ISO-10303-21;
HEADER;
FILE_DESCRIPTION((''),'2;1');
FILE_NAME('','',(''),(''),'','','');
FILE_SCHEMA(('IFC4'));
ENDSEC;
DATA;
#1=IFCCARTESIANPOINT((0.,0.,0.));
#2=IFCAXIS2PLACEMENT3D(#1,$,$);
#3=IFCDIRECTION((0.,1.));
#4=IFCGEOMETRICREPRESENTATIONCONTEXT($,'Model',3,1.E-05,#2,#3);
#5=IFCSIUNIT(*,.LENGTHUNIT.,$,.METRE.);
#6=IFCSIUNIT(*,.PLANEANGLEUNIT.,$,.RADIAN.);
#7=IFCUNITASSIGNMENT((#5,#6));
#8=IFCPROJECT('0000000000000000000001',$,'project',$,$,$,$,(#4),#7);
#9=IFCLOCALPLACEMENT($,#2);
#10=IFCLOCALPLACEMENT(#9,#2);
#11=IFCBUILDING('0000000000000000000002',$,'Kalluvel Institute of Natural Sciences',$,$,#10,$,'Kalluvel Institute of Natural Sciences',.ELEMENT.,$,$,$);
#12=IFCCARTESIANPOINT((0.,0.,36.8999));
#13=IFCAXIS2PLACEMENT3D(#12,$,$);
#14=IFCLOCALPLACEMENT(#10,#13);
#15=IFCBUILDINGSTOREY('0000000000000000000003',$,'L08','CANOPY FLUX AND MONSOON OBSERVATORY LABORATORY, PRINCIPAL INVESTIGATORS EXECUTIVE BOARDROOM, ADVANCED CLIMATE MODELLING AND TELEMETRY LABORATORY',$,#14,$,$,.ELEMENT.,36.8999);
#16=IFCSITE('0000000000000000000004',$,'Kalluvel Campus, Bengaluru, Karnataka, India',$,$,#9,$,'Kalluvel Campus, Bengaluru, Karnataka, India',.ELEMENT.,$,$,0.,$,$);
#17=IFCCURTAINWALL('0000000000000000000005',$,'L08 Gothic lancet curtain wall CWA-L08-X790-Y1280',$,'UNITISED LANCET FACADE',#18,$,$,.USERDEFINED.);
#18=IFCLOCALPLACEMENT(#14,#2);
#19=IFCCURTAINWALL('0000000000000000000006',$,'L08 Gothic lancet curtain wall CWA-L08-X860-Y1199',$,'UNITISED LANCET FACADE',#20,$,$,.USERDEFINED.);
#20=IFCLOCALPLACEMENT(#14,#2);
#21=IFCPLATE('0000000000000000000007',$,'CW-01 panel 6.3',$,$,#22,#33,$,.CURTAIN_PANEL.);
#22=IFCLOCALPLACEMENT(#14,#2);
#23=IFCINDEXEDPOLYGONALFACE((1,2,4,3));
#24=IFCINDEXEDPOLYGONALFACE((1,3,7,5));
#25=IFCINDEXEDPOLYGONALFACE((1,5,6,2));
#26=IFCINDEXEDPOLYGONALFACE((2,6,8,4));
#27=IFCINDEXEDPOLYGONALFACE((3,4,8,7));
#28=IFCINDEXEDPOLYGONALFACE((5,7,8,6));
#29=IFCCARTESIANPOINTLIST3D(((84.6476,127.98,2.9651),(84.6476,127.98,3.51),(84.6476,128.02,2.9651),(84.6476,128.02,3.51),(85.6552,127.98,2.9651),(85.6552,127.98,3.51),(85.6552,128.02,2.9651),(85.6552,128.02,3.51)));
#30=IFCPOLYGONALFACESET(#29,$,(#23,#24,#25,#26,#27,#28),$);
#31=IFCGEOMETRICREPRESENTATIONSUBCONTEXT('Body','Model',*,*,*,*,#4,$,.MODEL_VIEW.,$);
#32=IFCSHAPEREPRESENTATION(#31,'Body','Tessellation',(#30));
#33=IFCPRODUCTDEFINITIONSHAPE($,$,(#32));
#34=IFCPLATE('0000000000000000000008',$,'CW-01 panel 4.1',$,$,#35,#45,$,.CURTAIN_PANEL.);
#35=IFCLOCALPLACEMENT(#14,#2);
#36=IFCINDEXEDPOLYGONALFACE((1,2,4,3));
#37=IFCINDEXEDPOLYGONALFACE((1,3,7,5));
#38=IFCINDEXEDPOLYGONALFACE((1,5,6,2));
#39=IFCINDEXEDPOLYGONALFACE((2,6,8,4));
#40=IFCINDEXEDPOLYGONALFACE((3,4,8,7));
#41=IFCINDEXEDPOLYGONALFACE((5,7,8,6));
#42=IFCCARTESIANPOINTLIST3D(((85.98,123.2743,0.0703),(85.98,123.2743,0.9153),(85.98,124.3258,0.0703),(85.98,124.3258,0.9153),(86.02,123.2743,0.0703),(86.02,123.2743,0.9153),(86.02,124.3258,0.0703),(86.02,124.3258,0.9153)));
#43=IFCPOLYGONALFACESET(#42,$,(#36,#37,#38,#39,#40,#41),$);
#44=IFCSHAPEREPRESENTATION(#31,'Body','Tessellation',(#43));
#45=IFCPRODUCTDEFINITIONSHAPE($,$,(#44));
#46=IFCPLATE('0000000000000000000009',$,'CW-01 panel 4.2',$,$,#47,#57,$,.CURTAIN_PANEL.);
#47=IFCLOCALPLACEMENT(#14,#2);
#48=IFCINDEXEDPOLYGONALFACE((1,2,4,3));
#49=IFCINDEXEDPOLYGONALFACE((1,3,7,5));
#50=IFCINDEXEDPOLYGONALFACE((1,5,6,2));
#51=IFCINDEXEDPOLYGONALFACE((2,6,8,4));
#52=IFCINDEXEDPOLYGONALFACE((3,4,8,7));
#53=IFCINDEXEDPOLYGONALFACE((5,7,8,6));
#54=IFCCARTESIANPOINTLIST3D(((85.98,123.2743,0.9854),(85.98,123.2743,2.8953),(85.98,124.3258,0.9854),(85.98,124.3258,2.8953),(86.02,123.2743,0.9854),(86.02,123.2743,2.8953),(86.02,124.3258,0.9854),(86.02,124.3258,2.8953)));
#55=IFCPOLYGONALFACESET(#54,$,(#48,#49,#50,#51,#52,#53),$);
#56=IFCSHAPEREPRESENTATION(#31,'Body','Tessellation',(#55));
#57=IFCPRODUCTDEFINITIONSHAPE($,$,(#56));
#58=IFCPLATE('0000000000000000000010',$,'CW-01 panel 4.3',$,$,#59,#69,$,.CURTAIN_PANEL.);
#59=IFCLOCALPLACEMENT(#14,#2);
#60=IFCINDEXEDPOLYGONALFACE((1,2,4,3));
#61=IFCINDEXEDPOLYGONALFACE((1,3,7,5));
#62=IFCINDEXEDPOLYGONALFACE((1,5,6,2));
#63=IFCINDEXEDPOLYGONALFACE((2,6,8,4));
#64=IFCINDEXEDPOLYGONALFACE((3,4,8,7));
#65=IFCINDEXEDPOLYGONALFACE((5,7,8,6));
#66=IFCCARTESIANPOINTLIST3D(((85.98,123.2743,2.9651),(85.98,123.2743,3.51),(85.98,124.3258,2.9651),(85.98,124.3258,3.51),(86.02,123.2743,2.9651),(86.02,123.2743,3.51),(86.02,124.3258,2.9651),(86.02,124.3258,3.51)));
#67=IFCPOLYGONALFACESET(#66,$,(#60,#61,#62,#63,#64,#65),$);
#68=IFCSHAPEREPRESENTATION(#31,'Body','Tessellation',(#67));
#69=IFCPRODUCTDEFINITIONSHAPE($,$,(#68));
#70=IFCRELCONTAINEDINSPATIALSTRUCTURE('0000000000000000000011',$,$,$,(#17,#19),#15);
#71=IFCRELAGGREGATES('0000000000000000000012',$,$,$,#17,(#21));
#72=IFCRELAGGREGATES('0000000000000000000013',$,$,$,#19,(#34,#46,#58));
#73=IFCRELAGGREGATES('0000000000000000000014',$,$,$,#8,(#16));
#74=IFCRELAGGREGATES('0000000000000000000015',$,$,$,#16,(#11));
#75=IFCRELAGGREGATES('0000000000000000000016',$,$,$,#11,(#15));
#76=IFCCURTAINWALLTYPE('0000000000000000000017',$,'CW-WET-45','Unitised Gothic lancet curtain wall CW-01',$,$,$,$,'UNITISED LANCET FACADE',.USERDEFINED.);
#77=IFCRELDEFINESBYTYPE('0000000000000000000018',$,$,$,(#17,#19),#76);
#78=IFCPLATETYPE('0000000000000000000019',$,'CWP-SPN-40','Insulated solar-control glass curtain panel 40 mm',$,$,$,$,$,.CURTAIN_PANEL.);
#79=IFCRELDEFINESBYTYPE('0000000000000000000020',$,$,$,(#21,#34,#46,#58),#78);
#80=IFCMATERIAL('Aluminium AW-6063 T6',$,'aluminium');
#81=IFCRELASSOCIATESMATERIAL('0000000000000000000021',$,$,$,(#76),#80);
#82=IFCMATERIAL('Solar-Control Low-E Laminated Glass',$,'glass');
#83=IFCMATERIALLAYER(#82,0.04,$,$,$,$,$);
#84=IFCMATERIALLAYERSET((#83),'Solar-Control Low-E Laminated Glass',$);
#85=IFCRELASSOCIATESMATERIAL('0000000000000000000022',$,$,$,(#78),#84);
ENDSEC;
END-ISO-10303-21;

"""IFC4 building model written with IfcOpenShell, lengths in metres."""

from ifc_helpers import new_model, si_unit, direction, frame, origin, origin_2d, place, context, subcontext, project, spatial, rectangle, extrude, material, layer, layer_set, type_object, element, aggregate, save


model = new_model("IFC4")

# Units and contexts
model_context = context("Model", 3, precision=1e-05, world=origin(), true_north=direction((0.0, 1.0)))
body_context = subcontext(model_context, "Body", "Model", "MODEL_VIEW")
ifc_project = project(units=[si_unit("LENGTHUNIT", "METRE"), si_unit("PLANEANGLEUNIT", "RADIAN")], contexts=[model_context])

# Site, building, storey
site_placement = place(None, origin())
site = spatial("IfcSite", under=ifc_project, at=site_placement, Name="Kalluvel Campus, Bengaluru, Karnataka, India", LongName="Kalluvel Campus, Bengaluru, Karnataka, India", CompositionType="ELEMENT", RefElevation=0.0)
building_placement = place(site_placement, origin())
building = spatial("IfcBuilding", under=site, at=building_placement, Name="Kalluvel Institute of Natural Sciences", LongName="Kalluvel Institute of Natural Sciences", CompositionType="ELEMENT")
storey_placement = place(building_placement, frame((0.0, 0.0, 36.8999)))
storey = spatial("IfcBuildingStorey", under=building, at=storey_placement, Name="L08", Description="CANOPY FLUX AND MONSOON OBSERVATORY LABORATORY, PRINCIPAL INVESTIGATORS EXECUTIVE BOARDROOM, ADVANCED CLIMATE MODELLING AND TELEMETRY LABORATORY", CompositionType="ELEMENT", Elevation=36.8999)

# Curtain wall
ifc_material_1 = material(Name="Aluminium AW-6063 T6", Category="aluminium")
curtain_wall_type = type_object("IfcCurtainWallType", Name="CW-WET-45", Description="Unitised Gothic lancet curtain wall CW-01", ElementType="UNITISED LANCET FACADE", PredefinedType="USERDEFINED", material=ifc_material_1)
curtain_wall_1_placement = place(storey_placement, origin())
curtain_wall_1 = element("IfcCurtainWall", 1, at=curtain_wall_1_placement, inside=storey, type_object=curtain_wall_type, Name="L08 Gothic lancet curtain wall CWA-L08-X790-Y1280", ObjectType="UNITISED LANCET FACADE", PredefinedType="USERDEFINED")

# Curtain wall
curtain_wall_2_placement = place(storey_placement, origin())
curtain_wall_2 = element("IfcCurtainWall", 2, at=curtain_wall_2_placement, inside=storey, type_object=curtain_wall_type, Name="L08 Gothic lancet curtain wall CWA-L08-X860-Y1199", ObjectType="UNITISED LANCET FACADE", PredefinedType="USERDEFINED")

# Plates
ifc_material_2 = material(Name="Solar-Control Low-E Laminated Glass", Category="glass")
ifc_layer = layer(ifc_material_2, 0.04)
ifc_layer_set = layer_set([ifc_layer], Name="Solar-Control Low-E Laminated Glass")
plate_type = type_object("IfcPlateType", Name="CWP-SPN-40", Description="Insulated solar-control glass curtain panel 40 mm", PredefinedType="CURTAIN_PANEL", material=ifc_layer_set)
plate_1_placement = place(storey_placement, frame((85.1514, 128.0, 2.9651), z_axis=(0.0, 0.0, 1.0), x_axis=(1.0, 0.0, 0.0)))
plate_1 = element("IfcPlate", 3, at=plate_1_placement, type_object=plate_type, Name="CW-01 panel 6.3", PredefinedType="CURTAIN_PANEL", context=body_context, shape_type="SweptSolid", body=[
    extrude(rectangle(XDim=1.0076, YDim=0.04, at=origin_2d()), origin(), (0.0, 0.0, 1.0), 0.5449),
])
aggregate(curtain_wall_1, [plate_1])
plate_2_placement = place(storey_placement, frame((86.0, 123.8, 0.0703), z_axis=(0.0, 0.0, 1.0), x_axis=(0.0, 1.0, 0.0)))
plate_2 = element("IfcPlate", 4, at=plate_2_placement, type_object=plate_type, Name="CW-01 panel 4.1", PredefinedType="CURTAIN_PANEL", context=body_context, shape_type="SweptSolid", body=[
    extrude(rectangle(XDim=1.0515, YDim=0.04, at=origin_2d()), origin(), (0.0, 0.0, 1.0), 0.845),
])
plate_3_placement = place(storey_placement, frame((86.0, 123.8, 0.9854), z_axis=(0.0, 0.0, 1.0), x_axis=(0.0, 1.0, 0.0)))
plate_3 = element("IfcPlate", 5, at=plate_3_placement, type_object=plate_type, Name="CW-01 panel 4.2", PredefinedType="CURTAIN_PANEL", context=body_context, shape_type="SweptSolid", body=[
    extrude(rectangle(XDim=1.0515, YDim=0.04, at=origin_2d()), origin(), (0.0, 0.0, 1.0), 1.9099),
])
plate_4_placement = place(storey_placement, frame((86.0, 123.8, 2.9651), z_axis=(0.0, 0.0, 1.0), x_axis=(0.0, 1.0, 0.0)))
plate_4 = element("IfcPlate", 6, at=plate_4_placement, type_object=plate_type, Name="CW-01 panel 4.3", PredefinedType="CURTAIN_PANEL", context=body_context, shape_type="SweptSolid", body=[
    extrude(rectangle(XDim=1.0515, YDim=0.04, at=origin_2d()), origin(), (0.0, 0.0, 1.0), 0.5449),
])
aggregate(curtain_wall_2, [plate_2, plate_3, plate_4])

save(model, "model.ifc")
